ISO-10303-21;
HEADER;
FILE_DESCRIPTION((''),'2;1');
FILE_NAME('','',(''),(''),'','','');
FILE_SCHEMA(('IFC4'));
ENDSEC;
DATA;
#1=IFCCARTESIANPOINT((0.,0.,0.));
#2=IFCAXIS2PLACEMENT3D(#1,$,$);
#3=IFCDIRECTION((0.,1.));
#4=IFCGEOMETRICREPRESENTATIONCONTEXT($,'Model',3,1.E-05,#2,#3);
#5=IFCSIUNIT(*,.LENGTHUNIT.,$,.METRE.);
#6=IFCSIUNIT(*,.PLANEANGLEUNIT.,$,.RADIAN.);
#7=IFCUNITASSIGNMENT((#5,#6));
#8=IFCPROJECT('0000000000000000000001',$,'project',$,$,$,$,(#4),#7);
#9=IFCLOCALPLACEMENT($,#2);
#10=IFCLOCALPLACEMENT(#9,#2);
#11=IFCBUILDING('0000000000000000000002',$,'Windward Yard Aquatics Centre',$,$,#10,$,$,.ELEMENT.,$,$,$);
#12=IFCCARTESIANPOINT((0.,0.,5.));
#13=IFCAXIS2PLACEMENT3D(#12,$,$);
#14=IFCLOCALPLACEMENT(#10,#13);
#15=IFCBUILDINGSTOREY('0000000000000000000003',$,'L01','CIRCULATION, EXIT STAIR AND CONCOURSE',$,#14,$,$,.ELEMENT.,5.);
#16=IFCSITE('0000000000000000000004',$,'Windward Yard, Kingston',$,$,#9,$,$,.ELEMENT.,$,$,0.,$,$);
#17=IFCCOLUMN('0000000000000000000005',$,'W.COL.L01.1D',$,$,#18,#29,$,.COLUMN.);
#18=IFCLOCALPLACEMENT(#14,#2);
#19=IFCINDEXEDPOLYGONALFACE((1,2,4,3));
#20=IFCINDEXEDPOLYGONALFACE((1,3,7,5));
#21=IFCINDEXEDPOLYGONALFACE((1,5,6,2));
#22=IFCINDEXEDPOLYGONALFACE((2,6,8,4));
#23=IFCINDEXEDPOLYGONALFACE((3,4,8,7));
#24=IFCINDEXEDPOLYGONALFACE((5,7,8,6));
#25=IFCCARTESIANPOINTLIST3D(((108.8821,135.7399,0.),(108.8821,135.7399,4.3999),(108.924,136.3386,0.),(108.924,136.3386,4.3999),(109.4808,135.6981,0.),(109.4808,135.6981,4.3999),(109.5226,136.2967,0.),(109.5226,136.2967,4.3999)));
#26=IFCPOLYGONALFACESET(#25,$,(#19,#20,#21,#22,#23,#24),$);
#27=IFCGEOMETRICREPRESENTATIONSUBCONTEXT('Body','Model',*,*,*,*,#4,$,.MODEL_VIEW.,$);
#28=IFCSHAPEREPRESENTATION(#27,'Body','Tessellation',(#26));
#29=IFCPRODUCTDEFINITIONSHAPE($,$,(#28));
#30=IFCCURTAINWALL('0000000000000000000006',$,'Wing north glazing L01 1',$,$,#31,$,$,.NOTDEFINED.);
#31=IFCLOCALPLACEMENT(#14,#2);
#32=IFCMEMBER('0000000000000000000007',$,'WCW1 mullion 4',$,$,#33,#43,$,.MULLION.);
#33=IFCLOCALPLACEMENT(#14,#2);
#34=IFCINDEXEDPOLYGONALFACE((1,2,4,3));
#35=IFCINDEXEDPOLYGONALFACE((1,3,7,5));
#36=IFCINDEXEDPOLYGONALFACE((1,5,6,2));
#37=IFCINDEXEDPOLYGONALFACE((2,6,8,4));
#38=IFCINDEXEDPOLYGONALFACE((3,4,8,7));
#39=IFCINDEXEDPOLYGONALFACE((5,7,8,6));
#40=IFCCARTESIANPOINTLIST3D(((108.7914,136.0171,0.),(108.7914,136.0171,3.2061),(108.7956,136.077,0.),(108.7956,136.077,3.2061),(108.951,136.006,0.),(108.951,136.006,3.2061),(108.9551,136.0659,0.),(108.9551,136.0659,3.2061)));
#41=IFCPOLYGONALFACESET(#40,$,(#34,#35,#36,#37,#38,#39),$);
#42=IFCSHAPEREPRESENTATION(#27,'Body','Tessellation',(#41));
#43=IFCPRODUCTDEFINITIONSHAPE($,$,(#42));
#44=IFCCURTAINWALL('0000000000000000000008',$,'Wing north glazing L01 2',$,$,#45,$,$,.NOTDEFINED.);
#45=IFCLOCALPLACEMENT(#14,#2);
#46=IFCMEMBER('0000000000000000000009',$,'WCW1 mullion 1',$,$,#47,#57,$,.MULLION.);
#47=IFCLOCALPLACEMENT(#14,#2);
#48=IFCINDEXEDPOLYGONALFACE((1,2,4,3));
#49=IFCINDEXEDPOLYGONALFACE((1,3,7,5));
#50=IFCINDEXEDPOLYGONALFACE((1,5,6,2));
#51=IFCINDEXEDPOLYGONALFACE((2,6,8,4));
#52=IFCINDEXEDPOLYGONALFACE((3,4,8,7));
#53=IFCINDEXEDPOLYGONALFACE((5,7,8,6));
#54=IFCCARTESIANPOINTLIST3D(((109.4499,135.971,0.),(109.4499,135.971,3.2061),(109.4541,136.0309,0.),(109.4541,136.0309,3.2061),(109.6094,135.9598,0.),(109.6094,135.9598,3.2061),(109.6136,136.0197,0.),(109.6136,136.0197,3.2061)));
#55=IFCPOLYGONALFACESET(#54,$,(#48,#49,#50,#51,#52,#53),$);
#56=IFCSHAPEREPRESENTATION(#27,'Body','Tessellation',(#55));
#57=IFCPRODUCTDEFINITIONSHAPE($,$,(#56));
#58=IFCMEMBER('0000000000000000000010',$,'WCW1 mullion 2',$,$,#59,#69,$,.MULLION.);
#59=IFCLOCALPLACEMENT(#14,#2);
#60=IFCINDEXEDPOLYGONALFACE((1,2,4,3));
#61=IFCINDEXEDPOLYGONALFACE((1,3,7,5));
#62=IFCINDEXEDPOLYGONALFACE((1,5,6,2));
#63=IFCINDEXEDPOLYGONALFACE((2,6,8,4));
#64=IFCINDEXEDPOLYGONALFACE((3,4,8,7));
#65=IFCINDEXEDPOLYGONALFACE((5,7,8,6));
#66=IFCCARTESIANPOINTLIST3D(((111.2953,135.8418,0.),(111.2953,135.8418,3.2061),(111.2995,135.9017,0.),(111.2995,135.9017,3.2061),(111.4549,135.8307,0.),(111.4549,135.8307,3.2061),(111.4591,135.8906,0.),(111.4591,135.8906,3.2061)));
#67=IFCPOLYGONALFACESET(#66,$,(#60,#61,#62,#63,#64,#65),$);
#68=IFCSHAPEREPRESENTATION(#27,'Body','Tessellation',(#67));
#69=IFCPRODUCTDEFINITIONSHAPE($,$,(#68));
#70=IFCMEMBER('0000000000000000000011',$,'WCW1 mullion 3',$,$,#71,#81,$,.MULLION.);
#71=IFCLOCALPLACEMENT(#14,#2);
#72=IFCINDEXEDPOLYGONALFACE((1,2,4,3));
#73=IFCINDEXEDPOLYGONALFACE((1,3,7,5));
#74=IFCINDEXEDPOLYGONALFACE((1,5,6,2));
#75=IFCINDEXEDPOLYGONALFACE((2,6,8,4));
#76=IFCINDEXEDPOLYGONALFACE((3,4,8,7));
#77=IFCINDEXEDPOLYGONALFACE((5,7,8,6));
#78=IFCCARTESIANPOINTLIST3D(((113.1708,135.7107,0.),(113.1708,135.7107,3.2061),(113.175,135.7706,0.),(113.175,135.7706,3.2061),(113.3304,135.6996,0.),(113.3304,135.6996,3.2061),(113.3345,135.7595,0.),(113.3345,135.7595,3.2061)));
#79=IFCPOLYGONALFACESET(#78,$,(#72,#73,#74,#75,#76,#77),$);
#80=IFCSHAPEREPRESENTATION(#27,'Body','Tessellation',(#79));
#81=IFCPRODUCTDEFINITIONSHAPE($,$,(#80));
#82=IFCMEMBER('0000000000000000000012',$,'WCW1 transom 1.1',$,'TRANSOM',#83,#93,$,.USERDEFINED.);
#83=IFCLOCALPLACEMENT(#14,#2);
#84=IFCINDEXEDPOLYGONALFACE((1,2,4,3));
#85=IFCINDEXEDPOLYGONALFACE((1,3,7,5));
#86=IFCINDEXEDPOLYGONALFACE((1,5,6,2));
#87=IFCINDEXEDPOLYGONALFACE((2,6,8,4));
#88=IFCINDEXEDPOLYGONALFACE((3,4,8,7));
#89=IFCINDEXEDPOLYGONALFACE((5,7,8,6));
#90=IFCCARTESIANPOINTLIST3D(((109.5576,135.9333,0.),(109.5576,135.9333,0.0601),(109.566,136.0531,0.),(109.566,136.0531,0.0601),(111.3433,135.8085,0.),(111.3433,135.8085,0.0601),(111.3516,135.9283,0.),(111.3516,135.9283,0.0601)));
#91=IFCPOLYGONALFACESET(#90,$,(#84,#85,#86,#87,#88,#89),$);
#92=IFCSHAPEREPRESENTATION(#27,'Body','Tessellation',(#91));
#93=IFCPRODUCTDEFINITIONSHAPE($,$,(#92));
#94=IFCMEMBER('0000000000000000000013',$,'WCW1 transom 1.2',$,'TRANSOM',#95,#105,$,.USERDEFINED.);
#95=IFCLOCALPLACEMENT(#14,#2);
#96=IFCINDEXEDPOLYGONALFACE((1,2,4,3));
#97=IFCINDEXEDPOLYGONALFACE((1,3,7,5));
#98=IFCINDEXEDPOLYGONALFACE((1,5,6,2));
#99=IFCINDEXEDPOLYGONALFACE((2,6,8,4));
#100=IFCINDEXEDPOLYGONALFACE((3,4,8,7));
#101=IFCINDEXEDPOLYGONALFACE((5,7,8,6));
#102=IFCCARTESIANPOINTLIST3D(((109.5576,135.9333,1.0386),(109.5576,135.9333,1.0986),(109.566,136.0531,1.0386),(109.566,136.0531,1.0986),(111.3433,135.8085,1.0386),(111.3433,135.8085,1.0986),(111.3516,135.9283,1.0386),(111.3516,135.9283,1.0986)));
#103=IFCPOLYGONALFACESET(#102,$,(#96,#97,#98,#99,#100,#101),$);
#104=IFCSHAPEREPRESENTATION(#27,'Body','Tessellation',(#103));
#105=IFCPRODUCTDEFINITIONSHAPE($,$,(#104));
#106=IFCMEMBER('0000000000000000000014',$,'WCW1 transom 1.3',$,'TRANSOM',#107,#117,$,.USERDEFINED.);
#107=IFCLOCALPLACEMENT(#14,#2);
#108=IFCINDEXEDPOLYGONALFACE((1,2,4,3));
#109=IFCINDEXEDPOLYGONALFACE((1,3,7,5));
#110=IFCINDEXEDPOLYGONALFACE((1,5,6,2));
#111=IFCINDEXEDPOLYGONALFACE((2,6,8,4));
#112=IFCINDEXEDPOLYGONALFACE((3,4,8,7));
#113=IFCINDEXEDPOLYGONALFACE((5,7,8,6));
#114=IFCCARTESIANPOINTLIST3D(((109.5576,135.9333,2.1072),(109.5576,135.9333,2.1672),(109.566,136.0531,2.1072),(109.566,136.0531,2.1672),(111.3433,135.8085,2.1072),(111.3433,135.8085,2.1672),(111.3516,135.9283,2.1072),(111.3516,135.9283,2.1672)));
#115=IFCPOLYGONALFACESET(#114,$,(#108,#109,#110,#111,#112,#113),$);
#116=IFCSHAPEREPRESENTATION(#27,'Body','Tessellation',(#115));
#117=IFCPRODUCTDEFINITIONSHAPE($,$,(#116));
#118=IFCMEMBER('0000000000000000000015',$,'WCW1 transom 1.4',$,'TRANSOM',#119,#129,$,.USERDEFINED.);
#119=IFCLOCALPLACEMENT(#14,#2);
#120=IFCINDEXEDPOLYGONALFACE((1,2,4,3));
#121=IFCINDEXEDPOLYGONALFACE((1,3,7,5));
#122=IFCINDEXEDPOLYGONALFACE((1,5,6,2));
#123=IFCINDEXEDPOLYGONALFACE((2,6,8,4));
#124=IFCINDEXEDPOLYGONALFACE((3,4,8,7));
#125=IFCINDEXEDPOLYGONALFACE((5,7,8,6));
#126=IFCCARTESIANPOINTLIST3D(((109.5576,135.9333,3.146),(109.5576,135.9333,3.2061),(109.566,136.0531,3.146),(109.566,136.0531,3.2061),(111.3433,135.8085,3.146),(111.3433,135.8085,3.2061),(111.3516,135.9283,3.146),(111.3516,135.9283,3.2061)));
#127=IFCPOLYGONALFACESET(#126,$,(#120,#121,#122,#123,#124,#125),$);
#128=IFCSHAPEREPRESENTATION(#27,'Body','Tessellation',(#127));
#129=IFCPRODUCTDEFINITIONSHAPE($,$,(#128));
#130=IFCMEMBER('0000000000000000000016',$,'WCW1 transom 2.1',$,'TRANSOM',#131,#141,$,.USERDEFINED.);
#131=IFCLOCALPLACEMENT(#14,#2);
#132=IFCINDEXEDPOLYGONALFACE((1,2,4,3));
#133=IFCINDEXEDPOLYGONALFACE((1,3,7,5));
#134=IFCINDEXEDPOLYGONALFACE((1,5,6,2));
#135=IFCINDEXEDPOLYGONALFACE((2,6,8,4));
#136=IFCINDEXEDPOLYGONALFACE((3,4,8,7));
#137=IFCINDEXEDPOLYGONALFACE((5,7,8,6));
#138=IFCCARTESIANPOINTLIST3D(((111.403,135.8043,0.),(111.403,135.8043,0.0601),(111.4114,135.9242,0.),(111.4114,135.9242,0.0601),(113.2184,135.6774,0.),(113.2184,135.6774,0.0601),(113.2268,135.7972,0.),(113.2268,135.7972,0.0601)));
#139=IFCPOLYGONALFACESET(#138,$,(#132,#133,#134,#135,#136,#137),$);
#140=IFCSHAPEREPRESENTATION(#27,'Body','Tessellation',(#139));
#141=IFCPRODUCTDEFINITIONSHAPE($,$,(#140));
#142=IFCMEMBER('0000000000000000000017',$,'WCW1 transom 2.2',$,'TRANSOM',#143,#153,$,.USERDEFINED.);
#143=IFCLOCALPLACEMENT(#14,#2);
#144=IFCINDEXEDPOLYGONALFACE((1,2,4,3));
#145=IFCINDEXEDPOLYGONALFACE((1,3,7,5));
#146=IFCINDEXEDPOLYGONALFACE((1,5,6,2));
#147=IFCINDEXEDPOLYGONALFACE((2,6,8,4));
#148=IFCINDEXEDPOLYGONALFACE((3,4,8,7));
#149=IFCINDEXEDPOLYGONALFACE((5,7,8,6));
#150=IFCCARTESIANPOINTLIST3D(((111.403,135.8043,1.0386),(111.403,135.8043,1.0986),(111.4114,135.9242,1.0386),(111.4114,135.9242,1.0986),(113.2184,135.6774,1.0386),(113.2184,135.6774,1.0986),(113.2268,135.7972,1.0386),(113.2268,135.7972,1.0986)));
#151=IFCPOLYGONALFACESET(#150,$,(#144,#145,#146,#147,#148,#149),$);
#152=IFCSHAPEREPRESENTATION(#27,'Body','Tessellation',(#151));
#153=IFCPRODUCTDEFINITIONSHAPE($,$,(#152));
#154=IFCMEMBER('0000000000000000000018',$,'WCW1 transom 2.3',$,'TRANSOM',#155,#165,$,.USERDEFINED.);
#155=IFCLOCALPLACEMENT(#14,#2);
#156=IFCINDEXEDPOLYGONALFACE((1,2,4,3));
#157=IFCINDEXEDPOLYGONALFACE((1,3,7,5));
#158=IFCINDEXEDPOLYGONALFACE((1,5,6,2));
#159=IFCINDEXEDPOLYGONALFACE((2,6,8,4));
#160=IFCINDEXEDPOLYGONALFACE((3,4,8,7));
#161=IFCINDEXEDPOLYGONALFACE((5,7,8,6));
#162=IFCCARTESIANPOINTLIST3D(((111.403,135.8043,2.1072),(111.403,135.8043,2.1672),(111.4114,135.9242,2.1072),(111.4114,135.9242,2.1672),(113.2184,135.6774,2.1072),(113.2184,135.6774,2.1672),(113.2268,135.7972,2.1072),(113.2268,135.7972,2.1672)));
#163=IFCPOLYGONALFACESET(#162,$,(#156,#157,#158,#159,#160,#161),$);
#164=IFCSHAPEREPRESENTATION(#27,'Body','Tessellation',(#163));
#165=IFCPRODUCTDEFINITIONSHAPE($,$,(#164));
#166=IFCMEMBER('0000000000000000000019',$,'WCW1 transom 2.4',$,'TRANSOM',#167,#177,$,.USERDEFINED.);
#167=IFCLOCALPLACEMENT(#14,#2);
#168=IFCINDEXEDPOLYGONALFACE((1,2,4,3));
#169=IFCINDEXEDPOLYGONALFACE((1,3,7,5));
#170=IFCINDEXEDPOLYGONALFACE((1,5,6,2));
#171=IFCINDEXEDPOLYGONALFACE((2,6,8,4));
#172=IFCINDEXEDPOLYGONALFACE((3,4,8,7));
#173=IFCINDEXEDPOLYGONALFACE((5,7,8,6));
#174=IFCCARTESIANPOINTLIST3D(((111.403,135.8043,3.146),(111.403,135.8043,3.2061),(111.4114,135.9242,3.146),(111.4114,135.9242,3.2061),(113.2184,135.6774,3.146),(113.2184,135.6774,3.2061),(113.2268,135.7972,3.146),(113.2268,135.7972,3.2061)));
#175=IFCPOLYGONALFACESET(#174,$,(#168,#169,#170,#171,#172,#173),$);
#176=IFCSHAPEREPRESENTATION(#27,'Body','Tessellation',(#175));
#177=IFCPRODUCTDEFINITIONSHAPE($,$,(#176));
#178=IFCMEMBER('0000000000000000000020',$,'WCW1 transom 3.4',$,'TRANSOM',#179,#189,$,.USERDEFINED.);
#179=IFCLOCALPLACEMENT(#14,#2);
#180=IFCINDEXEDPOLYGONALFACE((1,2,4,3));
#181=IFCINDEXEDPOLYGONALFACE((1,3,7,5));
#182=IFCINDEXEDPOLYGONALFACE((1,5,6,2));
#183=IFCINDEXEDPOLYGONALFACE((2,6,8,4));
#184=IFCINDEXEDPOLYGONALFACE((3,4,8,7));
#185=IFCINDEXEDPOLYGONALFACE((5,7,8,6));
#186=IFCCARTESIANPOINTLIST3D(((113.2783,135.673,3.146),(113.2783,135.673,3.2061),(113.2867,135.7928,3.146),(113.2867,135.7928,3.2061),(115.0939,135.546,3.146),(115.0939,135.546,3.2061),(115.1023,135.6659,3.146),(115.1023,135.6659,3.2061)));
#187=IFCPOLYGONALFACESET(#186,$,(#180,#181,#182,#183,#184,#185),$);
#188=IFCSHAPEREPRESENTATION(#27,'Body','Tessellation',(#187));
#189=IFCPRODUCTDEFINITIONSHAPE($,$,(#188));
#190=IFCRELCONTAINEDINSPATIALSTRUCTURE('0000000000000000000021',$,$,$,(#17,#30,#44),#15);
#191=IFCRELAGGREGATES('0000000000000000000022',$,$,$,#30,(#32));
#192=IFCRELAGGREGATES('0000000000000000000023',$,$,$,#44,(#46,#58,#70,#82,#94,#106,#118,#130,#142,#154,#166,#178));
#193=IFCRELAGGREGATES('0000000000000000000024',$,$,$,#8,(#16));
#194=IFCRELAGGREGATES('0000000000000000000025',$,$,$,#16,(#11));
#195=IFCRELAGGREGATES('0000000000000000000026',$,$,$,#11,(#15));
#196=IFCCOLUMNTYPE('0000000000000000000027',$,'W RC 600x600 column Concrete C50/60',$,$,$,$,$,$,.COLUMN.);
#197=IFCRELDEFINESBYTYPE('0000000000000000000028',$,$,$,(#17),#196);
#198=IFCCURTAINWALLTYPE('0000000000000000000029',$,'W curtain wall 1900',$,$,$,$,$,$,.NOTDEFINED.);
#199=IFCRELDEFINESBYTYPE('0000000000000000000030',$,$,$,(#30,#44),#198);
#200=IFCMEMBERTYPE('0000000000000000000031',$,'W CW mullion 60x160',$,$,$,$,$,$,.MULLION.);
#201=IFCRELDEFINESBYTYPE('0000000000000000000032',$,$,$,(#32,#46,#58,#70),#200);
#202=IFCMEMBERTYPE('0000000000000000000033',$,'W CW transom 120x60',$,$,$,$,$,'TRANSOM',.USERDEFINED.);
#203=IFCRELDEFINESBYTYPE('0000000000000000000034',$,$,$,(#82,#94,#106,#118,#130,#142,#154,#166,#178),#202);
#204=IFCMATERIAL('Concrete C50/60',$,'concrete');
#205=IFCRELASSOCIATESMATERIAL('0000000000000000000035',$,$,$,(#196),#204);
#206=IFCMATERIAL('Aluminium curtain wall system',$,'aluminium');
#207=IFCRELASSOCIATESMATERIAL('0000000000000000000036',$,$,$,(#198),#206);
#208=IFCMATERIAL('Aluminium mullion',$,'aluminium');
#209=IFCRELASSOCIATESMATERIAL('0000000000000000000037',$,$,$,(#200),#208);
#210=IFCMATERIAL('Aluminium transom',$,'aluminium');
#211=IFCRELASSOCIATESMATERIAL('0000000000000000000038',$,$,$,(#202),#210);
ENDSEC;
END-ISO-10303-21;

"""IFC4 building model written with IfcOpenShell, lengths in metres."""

from ifc_helpers import new_model, si_unit, direction, frame, origin, origin_2d, place, context, subcontext, project, spatial, rectangle, extrude, material, material_profile, profile_set, type_object, element, aggregate, save


model = new_model("IFC4")

# Units and contexts
model_context = context("Model", 3, precision=1e-05, world=origin(), true_north=direction((0.0, 1.0)))
body_context = subcontext(model_context, "Body", "Model", "MODEL_VIEW")
ifc_project = project(units=[si_unit("LENGTHUNIT", "METRE"), si_unit("PLANEANGLEUNIT", "RADIAN")], contexts=[model_context])

# Site, building, storey
site_placement = place(None, origin())
site = spatial("IfcSite", under=ifc_project, at=site_placement, Name="Windward Yard, Kingston", CompositionType="ELEMENT", RefElevation=0.0)
building_placement = place(site_placement, origin())
building = spatial("IfcBuilding", under=site, at=building_placement, Name="Windward Yard Aquatics Centre", CompositionType="ELEMENT")
storey_placement = place(building_placement, frame((0.0, 0.0, 5.0)))
storey = spatial("IfcBuildingStorey", under=building, at=storey_placement, Name="L01", Description="CIRCULATION, EXIT STAIR AND CONCOURSE", CompositionType="ELEMENT", Elevation=5.0)

# Column
ifc_material_1 = material(Name="Concrete C50/60", Category="concrete")
ifc_material_profile_1 = material_profile(ifc_material_1, rectangle(XDim=0.6001, YDim=0.6001, at=origin_2d()), Name="RC 600x600")
ifc_profile_set_1 = profile_set([ifc_material_profile_1], Name="Concrete C50/60")
column_type = type_object("IfcColumnType", Name="W RC 600x600 column Concrete C50/60", PredefinedType="COLUMN", material=ifc_profile_set_1)
column_placement = place(storey_placement, frame((109.2024, 136.0183, 0.0), z_axis=(0.0, 0.0, 1.0), x_axis=(0.997564, -0.069756, 0.0)))
element("IfcColumn", 1, at=column_placement, inside=storey, type_object=column_type, Name="W.COL.L01.1D", PredefinedType="COLUMN", context=body_context, shape_type="SweptSolid", body=[
    extrude(rectangle(XDim=0.6001, YDim=0.6001, at=origin_2d()), origin(), (0.0, 0.0, 1.0), 4.3999),
])

# Curtain wall, member
ifc_material_2 = material(Name="Aluminium curtain wall system", Category="aluminium")
curtain_wall_type = type_object("IfcCurtainWallType", Name="W curtain wall 1900", PredefinedType="NOTDEFINED", material=ifc_material_2)
curtain_wall_1_placement = place(storey_placement, origin())
curtain_wall_1 = element("IfcCurtainWall", 2, at=curtain_wall_1_placement, inside=storey, type_object=curtain_wall_type, Name="Wing north glazing L01 1", PredefinedType="NOTDEFINED")
ifc_material_3 = material(Name="Aluminium mullion", Category="aluminium")
ifc_material_profile_2 = material_profile(ifc_material_3, rectangle(XDim=0.0601, YDim=0.1599, at=origin_2d()), Name="AL 60x160")
ifc_profile_set_2 = profile_set([ifc_material_profile_2], Name="Aluminium mullion")
member_type_1 = type_object("IfcMemberType", Name="W CW mullion 60x160", PredefinedType="MULLION", material=ifc_profile_set_2)
member_1_placement = place(storey_placement, frame((108.8733, 136.0415, 0.0), z_axis=(0.0, 0.0, 1.0), x_axis=(0.06975, 0.997565, 0.0)))
member_1 = element("IfcMember", 3, at=member_1_placement, type_object=member_type_1, Name="WCW1 mullion 4", PredefinedType="MULLION", context=body_context, shape_type="SweptSolid", body=[
    extrude(rectangle(XDim=0.0601, YDim=0.1599, at=origin_2d()), origin(), (0.0, 0.0, 1.0), 3.2061),
])

# Curtain wall, members
curtain_wall_2_placement = place(storey_placement, origin())
curtain_wall_2 = element("IfcCurtainWall", 4, at=curtain_wall_2_placement, inside=storey, type_object=curtain_wall_type, Name="Wing north glazing L01 2", PredefinedType="NOTDEFINED")
member_2_placement = place(storey_placement, frame((109.5317, 135.9954, 0.0), z_axis=(0.0, 0.0, 1.0), x_axis=(0.069755, 0.997564, 0.0)))
member_2 = element("IfcMember", 5, at=member_2_placement, type_object=member_type_1, Name="WCW1 mullion 1", PredefinedType="MULLION", context=body_context, shape_type="SweptSolid", body=[
    extrude(rectangle(XDim=0.0601, YDim=0.1599, at=origin_2d()), origin(), (0.0, 0.0, 1.0), 3.2061),
])
member_3_placement = place(storey_placement, frame((111.3772, 135.8662, 0.0), z_axis=(0.0, 0.0, 1.0), x_axis=(0.069755, 0.997564, 0.0)))
member_3 = element("IfcMember", 6, at=member_3_placement, type_object=member_type_1, Name="WCW1 mullion 2", PredefinedType="MULLION", context=body_context, shape_type="SweptSolid", body=[
    extrude(rectangle(XDim=0.0601, YDim=0.1599, at=origin_2d()), origin(), (0.0, 0.0, 1.0), 3.2061),
])
member_4_placement = place(storey_placement, frame((113.2527, 135.7351, 0.0), z_axis=(0.0, 0.0, 1.0), x_axis=(0.069755, 0.997564, 0.0)))
member_4 = element("IfcMember", 7, at=member_4_placement, type_object=member_type_1, Name="WCW1 mullion 3", PredefinedType="MULLION", context=body_context, shape_type="SweptSolid", body=[
    extrude(rectangle(XDim=0.0601, YDim=0.1599, at=origin_2d()), origin(), (0.0, 0.0, 1.0), 3.2061),
])
ifc_material_4 = material(Name="Aluminium transom", Category="aluminium")
ifc_material_profile_3 = material_profile(ifc_material_4, rectangle(XDim=0.1201, YDim=0.0601, at=origin_2d()), Name="AL 120x60")
ifc_profile_set_3 = profile_set([ifc_material_profile_3], Name="Aluminium transom")
member_type_2 = type_object("IfcMemberType", Name="W CW transom 120x60", ElementType="TRANSOM", PredefinedType="USERDEFINED", material=ifc_profile_set_3)
member_5_placement = place(storey_placement, frame((109.5618, 135.9932, 0.03), z_axis=(0.997568, -0.069696, 0.0), x_axis=(0.069696, 0.997568, 0.0)))
member_5 = element("IfcMember", 8, at=member_5_placement, type_object=member_type_2, Name="WCW1 transom 1.1", ObjectType="TRANSOM", PredefinedType="USERDEFINED", context=body_context, shape_type="SweptSolid", body=[
    extrude(rectangle(XDim=0.1201, YDim=0.0601, at=origin_2d()), origin(), (0.0, 0.0, 1.0), 1.79),
])
member_6_placement = place(storey_placement, frame((109.5618, 135.9932, 1.0686), z_axis=(0.997568, -0.069696, 0.0), x_axis=(0.069696, 0.997568, 0.0)))
member_6 = element("IfcMember", 9, at=member_6_placement, type_object=member_type_2, Name="WCW1 transom 1.2", ObjectType="TRANSOM", PredefinedType="USERDEFINED", context=body_context, shape_type="SweptSolid", body=[
    extrude(rectangle(XDim=0.1201, YDim=0.0601, at=origin_2d()), origin(), (0.0, 0.0, 1.0), 1.79),
])
member_7_placement = place(storey_placement, frame((109.5618, 135.9932, 2.1372), z_axis=(0.997568, -0.069696, 0.0), x_axis=(0.069696, 0.997568, 0.0)))
member_7 = element("IfcMember", 10, at=member_7_placement, type_object=member_type_2, Name="WCW1 transom 1.3", ObjectType="TRANSOM", PredefinedType="USERDEFINED", context=body_context, shape_type="SweptSolid", body=[
    extrude(rectangle(XDim=0.1201, YDim=0.0601, at=origin_2d()), origin(), (0.0, 0.0, 1.0), 1.79),
])
member_8_placement = place(storey_placement, frame((109.5618, 135.9932, 3.176), z_axis=(0.997568, -0.069696, 0.0), x_axis=(0.069696, 0.997568, 0.0)))
member_8 = element("IfcMember", 11, at=member_8_placement, type_object=member_type_2, Name="WCW1 transom 1.4", ObjectType="TRANSOM", PredefinedType="USERDEFINED", context=body_context, shape_type="SweptSolid", body=[
    extrude(rectangle(XDim=0.1201, YDim=0.0601, at=origin_2d()), origin(), (0.0, 0.0, 1.0), 1.79),
])
member_9_placement = place(storey_placement, frame((111.4072, 135.8643, 0.03), z_axis=(0.997564, -0.06976, 0.0), x_axis=(0.06976, 0.997564, 0.0)))
member_9 = element("IfcMember", 12, at=member_9_placement, type_object=member_type_2, Name="WCW1 transom 2.1", ObjectType="TRANSOM", PredefinedType="USERDEFINED", context=body_context, shape_type="SweptSolid", body=[
    extrude(rectangle(XDim=0.1201, YDim=0.0601, at=origin_2d()), origin(), (0.0, 0.0, 1.0), 1.8198),
])
member_10_placement = place(storey_placement, frame((111.4072, 135.8643, 1.0686), z_axis=(0.997564, -0.06976, 0.0), x_axis=(0.06976, 0.997564, 0.0)))
member_10 = element("IfcMember", 13, at=member_10_placement, type_object=member_type_2, Name="WCW1 transom 2.2", ObjectType="TRANSOM", PredefinedType="USERDEFINED", context=body_context, shape_type="SweptSolid", body=[
    extrude(rectangle(XDim=0.1201, YDim=0.0601, at=origin_2d()), origin(), (0.0, 0.0, 1.0), 1.8198),
])
member_11_placement = place(storey_placement, frame((111.4072, 135.8643, 2.1372), z_axis=(0.997564, -0.06976, 0.0), x_axis=(0.06976, 0.997564, 0.0)))
member_11 = element("IfcMember", 14, at=member_11_placement, type_object=member_type_2, Name="WCW1 transom 2.3", ObjectType="TRANSOM", PredefinedType="USERDEFINED", context=body_context, shape_type="SweptSolid", body=[
    extrude(rectangle(XDim=0.1201, YDim=0.0601, at=origin_2d()), origin(), (0.0, 0.0, 1.0), 1.8198),
])
member_12_placement = place(storey_placement, frame((111.4072, 135.8643, 3.176), z_axis=(0.997564, -0.06976, 0.0), x_axis=(0.06976, 0.997564, 0.0)))
member_12 = element("IfcMember", 15, at=member_12_placement, type_object=member_type_2, Name="WCW1 transom 2.4", ObjectType="TRANSOM", PredefinedType="USERDEFINED", context=body_context, shape_type="SweptSolid", body=[
    extrude(rectangle(XDim=0.1201, YDim=0.0601, at=origin_2d()), origin(), (0.0, 0.0, 1.0), 1.8198),
])
member_13_placement = place(storey_placement, frame((113.2825, 135.7329, 3.176), z_axis=(0.997564, -0.06975, 0.0), x_axis=(0.06975, 0.997564, 0.0)))
member_13 = element("IfcMember", 16, at=member_13_placement, type_object=member_type_2, Name="WCW1 transom 3.4", ObjectType="TRANSOM", PredefinedType="USERDEFINED", context=body_context, shape_type="SweptSolid", body=[
    extrude(rectangle(XDim=0.1201, YDim=0.0601, at=origin_2d()), origin(), (0.0, 0.0, 1.0), 1.8201),
])

aggregate(curtain_wall_1, [member_1])
aggregate(curtain_wall_2, [member_2, member_3, member_4, member_5, member_6, member_7, member_8, member_9, member_10, member_11, member_12, member_13])

save(model, "model.ifc")
